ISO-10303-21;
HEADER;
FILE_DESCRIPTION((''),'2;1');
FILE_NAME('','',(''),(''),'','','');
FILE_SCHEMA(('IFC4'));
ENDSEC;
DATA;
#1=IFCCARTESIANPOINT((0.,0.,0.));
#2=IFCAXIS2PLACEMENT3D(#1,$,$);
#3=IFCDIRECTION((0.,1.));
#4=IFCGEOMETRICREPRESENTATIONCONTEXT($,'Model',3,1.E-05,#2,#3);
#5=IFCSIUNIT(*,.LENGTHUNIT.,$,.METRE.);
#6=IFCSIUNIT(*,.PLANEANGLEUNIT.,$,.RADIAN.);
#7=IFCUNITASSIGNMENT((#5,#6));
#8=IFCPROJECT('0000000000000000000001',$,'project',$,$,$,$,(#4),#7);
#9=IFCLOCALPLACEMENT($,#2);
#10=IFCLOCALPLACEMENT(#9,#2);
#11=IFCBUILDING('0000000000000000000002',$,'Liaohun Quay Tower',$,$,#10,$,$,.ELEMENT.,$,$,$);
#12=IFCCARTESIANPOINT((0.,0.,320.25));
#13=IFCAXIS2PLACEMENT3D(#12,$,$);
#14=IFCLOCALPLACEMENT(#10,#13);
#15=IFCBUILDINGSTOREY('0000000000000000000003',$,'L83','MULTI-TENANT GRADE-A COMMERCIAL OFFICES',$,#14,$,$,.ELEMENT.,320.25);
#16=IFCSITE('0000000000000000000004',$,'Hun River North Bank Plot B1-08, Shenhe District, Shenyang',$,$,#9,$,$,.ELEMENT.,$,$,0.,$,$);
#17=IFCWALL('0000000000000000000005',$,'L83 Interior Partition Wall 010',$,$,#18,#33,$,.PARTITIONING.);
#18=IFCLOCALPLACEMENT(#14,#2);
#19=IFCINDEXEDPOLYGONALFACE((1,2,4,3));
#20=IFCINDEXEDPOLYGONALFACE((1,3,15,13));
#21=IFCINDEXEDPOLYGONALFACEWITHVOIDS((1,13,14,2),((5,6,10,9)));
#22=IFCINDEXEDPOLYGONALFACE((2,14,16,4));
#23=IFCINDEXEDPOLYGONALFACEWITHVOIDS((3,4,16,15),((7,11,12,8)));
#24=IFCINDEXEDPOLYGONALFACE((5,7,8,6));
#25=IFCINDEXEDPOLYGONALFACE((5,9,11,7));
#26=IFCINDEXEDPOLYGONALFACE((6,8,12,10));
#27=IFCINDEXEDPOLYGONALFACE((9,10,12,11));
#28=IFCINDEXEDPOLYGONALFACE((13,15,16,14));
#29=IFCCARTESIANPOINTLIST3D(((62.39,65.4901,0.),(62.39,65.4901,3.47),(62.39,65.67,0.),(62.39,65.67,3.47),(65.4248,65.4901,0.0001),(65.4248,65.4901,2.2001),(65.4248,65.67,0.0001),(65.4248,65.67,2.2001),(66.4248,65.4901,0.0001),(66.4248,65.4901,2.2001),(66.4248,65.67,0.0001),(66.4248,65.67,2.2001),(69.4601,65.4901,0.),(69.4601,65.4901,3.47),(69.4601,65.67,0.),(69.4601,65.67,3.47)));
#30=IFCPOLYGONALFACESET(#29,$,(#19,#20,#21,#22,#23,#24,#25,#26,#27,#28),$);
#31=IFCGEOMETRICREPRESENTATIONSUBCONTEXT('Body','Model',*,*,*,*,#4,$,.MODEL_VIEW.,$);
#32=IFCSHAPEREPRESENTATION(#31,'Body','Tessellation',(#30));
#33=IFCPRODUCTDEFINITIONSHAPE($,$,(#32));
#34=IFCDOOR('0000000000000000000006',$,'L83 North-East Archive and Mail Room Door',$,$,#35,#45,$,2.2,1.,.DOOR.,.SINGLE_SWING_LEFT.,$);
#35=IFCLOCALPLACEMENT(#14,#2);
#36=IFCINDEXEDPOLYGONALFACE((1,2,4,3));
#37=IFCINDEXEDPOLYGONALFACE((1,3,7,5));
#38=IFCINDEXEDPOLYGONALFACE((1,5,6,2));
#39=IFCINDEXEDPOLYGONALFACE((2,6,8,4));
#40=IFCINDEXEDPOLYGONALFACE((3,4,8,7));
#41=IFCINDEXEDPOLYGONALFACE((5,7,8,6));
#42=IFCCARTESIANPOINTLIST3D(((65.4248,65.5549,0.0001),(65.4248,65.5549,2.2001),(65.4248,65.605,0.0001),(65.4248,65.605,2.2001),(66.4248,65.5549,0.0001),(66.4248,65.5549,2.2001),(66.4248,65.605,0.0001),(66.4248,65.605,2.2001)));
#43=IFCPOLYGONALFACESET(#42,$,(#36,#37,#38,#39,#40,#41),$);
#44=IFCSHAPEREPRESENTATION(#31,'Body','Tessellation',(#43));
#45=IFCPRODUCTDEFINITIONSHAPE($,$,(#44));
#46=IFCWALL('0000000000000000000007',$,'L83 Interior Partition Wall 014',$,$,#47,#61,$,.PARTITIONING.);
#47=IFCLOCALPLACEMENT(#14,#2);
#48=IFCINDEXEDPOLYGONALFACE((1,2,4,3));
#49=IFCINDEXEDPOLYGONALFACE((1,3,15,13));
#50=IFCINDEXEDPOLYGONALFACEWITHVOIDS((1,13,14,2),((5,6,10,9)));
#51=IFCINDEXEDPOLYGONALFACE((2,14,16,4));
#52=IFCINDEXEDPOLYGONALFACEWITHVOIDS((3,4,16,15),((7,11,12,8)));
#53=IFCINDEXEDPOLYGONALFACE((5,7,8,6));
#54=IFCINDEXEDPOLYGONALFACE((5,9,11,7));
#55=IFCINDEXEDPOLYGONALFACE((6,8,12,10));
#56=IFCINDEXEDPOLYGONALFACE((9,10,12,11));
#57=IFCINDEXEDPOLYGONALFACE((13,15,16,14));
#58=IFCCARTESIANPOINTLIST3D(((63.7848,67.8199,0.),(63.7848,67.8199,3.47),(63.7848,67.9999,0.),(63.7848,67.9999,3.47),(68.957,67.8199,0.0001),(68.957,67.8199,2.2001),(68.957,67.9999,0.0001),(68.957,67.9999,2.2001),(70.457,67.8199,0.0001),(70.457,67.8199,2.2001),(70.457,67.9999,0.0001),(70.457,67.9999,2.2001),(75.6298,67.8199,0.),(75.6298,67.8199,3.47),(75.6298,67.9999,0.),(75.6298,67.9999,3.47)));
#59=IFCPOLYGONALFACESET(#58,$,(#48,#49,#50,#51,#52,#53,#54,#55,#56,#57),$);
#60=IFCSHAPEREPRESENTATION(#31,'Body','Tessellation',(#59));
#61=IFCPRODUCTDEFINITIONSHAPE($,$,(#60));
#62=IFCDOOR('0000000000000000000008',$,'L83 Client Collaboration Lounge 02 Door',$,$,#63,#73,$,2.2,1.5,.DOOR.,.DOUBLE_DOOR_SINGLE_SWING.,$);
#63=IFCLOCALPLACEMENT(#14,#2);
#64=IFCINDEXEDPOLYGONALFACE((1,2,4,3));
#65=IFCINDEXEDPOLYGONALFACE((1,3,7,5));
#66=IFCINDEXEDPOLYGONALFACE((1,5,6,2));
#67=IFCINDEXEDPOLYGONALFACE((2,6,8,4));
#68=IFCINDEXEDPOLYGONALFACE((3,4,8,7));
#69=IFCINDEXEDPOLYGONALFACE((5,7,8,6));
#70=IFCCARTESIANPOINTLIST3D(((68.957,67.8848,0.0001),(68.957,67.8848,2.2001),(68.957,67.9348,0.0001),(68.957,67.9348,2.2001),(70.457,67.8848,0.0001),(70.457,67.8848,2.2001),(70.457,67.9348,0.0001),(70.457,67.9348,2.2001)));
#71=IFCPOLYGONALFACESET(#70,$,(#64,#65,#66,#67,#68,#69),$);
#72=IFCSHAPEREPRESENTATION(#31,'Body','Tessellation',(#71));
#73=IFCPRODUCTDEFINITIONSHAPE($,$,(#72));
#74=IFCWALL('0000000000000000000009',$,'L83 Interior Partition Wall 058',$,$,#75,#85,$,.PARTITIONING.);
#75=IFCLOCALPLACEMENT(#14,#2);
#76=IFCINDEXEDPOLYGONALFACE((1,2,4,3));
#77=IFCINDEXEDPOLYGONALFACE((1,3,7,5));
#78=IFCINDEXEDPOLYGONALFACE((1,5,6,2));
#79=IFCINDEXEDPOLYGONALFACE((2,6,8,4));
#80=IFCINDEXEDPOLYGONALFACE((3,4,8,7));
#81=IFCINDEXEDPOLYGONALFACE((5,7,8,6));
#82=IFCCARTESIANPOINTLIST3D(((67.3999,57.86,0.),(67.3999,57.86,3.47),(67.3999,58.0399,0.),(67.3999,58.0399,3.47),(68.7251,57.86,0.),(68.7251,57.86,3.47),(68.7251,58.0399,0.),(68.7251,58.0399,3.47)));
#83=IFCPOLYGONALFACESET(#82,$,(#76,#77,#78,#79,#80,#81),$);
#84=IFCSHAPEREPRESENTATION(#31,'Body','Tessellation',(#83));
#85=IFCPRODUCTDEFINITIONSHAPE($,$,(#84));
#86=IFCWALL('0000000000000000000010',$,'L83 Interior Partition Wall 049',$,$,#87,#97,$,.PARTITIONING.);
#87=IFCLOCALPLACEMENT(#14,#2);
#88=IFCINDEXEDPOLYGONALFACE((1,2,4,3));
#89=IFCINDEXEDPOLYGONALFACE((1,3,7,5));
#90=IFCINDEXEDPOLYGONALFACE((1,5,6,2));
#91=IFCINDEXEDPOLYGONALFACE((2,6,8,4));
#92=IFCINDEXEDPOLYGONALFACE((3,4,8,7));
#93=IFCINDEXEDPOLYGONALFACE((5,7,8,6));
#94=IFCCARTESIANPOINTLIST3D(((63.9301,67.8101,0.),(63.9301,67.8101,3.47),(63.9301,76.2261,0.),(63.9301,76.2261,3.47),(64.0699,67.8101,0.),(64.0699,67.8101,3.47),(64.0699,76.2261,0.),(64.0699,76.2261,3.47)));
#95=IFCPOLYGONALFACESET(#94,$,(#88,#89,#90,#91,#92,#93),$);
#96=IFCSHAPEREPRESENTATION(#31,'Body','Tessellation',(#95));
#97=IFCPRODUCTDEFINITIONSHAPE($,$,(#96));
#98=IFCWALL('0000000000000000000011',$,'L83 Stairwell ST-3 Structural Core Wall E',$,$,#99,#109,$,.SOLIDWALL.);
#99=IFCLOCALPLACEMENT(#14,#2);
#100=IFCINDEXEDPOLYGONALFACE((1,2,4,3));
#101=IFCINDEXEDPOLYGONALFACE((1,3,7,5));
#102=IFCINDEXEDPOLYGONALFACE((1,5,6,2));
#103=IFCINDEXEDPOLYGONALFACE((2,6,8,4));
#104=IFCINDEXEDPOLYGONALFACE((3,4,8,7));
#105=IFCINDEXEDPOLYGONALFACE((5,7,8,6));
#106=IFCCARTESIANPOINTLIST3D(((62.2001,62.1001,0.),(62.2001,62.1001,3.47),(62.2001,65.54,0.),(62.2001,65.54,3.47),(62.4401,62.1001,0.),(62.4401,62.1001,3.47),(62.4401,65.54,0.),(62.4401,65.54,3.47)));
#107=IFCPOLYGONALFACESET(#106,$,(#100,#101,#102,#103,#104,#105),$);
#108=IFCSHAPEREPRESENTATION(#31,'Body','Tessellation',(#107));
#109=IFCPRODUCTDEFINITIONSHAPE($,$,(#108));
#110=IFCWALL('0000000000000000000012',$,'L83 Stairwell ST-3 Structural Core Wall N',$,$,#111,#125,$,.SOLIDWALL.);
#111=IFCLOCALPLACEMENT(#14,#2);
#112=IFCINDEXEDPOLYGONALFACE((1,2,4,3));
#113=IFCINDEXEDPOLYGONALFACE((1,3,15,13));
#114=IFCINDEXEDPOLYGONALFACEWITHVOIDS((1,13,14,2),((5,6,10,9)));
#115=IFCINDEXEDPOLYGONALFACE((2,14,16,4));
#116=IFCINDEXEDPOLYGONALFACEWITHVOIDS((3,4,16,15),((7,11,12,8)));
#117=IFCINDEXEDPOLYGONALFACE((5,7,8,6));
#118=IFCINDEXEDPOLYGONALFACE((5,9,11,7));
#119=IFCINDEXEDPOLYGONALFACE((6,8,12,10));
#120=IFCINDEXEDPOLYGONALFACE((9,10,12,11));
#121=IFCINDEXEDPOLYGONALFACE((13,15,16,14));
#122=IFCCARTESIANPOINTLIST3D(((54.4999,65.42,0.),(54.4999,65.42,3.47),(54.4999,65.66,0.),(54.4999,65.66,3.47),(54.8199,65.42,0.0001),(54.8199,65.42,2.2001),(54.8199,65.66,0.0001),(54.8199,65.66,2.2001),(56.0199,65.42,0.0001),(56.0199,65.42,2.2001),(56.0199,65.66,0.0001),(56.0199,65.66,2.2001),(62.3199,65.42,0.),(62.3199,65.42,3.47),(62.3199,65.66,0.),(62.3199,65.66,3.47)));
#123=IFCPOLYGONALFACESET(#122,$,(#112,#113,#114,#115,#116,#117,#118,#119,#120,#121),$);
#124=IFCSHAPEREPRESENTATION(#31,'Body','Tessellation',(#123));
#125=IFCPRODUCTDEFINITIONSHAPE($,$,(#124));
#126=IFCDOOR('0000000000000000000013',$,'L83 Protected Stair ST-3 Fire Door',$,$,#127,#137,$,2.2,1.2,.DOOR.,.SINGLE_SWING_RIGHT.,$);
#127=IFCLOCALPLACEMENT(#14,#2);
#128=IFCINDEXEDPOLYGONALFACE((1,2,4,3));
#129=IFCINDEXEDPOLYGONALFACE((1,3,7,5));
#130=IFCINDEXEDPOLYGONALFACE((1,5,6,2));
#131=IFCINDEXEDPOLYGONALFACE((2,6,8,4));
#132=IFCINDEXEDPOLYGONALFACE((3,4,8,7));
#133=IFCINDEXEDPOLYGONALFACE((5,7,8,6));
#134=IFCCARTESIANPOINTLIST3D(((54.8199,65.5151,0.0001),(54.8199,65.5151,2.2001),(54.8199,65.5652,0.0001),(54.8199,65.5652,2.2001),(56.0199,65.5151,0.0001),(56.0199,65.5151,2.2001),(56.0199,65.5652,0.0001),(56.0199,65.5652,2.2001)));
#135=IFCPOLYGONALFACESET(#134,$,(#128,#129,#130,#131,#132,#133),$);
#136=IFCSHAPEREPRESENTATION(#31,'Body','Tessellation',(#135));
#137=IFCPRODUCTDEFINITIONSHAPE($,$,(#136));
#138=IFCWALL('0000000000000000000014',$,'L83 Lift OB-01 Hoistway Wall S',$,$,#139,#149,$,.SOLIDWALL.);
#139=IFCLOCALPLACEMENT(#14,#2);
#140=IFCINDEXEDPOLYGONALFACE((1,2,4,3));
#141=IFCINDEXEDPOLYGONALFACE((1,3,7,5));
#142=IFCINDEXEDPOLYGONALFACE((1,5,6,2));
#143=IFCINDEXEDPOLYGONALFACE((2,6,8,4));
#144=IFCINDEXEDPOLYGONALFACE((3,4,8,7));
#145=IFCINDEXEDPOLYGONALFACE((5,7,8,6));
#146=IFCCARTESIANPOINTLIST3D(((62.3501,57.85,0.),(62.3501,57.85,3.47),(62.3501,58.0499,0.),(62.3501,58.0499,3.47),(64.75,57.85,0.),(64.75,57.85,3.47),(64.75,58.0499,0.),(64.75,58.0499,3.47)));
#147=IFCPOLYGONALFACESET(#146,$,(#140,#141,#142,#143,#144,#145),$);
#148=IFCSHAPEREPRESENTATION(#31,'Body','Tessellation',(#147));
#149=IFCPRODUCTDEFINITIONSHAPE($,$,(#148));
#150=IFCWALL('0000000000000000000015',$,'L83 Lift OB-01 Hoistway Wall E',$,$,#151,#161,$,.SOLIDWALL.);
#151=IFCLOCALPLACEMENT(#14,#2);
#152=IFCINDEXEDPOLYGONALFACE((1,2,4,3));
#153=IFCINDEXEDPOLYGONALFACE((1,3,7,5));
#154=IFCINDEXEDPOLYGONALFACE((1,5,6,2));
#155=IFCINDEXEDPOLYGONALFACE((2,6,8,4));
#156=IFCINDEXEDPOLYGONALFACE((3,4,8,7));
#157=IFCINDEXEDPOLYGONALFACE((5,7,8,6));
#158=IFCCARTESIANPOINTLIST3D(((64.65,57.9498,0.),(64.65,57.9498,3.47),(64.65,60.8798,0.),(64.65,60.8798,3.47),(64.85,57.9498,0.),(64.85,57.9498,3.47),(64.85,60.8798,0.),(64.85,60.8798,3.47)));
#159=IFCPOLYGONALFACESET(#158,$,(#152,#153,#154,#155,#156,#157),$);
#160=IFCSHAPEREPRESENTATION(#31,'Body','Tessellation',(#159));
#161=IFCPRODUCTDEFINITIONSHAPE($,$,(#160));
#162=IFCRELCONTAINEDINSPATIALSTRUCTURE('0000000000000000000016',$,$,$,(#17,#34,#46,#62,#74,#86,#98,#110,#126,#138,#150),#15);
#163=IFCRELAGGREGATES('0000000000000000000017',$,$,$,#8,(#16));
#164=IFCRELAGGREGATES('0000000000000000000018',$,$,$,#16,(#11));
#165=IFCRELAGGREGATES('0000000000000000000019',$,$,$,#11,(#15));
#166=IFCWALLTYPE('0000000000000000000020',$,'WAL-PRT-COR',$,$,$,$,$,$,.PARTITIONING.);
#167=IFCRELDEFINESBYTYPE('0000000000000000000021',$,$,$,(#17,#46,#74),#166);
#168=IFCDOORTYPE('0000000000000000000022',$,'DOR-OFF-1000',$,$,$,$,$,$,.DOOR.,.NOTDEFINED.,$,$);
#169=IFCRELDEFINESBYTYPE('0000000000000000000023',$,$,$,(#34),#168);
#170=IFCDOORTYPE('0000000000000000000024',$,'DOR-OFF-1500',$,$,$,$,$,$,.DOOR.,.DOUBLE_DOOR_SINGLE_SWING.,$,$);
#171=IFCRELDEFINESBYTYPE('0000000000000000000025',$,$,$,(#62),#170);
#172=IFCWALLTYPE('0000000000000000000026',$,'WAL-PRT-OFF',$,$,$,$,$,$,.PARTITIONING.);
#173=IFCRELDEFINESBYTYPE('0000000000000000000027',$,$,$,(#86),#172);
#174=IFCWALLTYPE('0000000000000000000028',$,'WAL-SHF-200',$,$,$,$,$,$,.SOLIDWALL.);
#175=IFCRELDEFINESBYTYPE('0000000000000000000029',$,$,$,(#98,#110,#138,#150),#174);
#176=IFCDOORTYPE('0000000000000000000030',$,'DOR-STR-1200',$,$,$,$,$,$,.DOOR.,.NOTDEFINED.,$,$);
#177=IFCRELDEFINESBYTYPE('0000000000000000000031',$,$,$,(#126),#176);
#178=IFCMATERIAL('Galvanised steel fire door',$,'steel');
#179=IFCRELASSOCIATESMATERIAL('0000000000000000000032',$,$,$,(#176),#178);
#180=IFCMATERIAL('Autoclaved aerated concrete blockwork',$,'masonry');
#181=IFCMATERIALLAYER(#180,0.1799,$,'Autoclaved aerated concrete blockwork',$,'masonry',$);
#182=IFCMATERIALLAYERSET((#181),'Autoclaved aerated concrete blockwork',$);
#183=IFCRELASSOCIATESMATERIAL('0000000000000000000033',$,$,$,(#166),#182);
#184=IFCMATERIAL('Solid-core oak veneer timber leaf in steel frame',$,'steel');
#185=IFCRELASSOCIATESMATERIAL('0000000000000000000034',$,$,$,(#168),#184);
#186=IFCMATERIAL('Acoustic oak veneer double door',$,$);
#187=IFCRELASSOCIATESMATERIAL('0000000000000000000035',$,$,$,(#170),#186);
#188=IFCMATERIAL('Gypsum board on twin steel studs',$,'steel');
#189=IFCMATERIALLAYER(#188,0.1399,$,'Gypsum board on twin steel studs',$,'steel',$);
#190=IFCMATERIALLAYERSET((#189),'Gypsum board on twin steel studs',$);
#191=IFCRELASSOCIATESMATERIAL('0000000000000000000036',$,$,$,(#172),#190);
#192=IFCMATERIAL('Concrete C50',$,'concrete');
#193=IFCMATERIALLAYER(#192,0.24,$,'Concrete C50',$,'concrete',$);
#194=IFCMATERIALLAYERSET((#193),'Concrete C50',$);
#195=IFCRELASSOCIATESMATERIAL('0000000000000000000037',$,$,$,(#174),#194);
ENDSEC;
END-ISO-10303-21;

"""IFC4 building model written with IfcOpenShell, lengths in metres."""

from ifc_helpers import new_model, si_unit, direction, frame, frame_2d, origin, place, context, subcontext, project, spatial, rectangle, extrude, source, transform, mapped, material, layer, layer_set, type_object, element, fill, save


model = new_model("IFC4")

# Units and contexts
model_context = context("Model", 3, precision=1e-05, world=origin(), true_north=direction((0.0, 1.0)))
body_context = subcontext(model_context, "Body", "Model", "MODEL_VIEW")
ifc_project = project(units=[si_unit("LENGTHUNIT", "METRE"), si_unit("PLANEANGLEUNIT", "RADIAN")], contexts=[model_context])

# Site, building, storey
site_placement = place(None, origin())
site = spatial("IfcSite", under=ifc_project, at=site_placement, Name="Hun River North Bank Plot B1-08, Shenhe District, Shenyang", CompositionType="ELEMENT", RefElevation=0.0)
building_placement = place(site_placement, origin())
building = spatial("IfcBuilding", under=site, at=building_placement, Name="Liaohun Quay Tower", CompositionType="ELEMENT")
storey_placement = place(building_placement, frame((0.0, 0.0, 320.25)))
storey = spatial("IfcBuildingStorey", under=building, at=storey_placement, Name="L83", Description="MULTI-TENANT GRADE-A COMMERCIAL OFFICES", CompositionType="ELEMENT", Elevation=320.25)

# Shared definitions
ifc_material_1 = material(Name="Concrete C50", Category="concrete")

# Shared definitions
ifc_material_2 = material(Name="Galvanised steel fire door", Category="steel")
door_type_1 = type_object("IfcDoorType", Name="DOR-STR-1200", OperationType="NOTDEFINED", PredefinedType="DOOR", material=ifc_material_2)
shared_shape_1 = source(origin(), body_context, "Body", "SweptSolid", [
    extrude(rectangle(XDim=1.2, YDim=2.2, at=frame_2d((0.6001, 1.1001))), frame((0.0, 0.0249, 0.0), z_axis=(0.0, -1.0, 0.0), x_axis=(1.0, 0.0, 0.0)), (0.0, 0.0, 1.0), 0.05),
])

# Walls, openings, doors
ifc_material_3 = material(Name="Autoclaved aerated concrete blockwork", Category="masonry")
ifc_layer_1 = layer(ifc_material_3, 0.1799, Name="Autoclaved aerated concrete blockwork", Category="masonry")
ifc_layer_set_1 = layer_set([ifc_layer_1], Name="Autoclaved aerated concrete blockwork")
wall_type_1 = type_object("IfcWallType", Name="WAL-PRT-COR", PredefinedType="PARTITIONING", material=ifc_layer_set_1)
wall_1_placement = place(storey_placement, frame((62.3899, 65.5801, 0.0), z_axis=(0.0, 0.0, 1.0), x_axis=(1.0, 0.0, 0.0)))
wall_1 = element("IfcWall", 1, at=wall_1_placement, inside=storey, type_object=wall_type_1, Name="L83 Interior Partition Wall 010", PredefinedType="PARTITIONING", context=body_context, shape_type="SweptSolid", body=[
    extrude(rectangle(XDim=7.0701, YDim=0.1799, at=frame_2d((3.5352, 0.0))), origin(), (0.0, 0.0, 1.0), 3.47),
])
shared_shape_2 = source(origin(), body_context, "Body", "SweptSolid", [
    extrude(rectangle(XDim=1.0, YDim=2.2, at=frame_2d((0.5, 1.1001))), frame((0.0, 0.0999, 0.0), z_axis=(0.0, -1.0, 0.0), x_axis=(1.0, 0.0, 0.0)), (0.0, 0.0, 1.0), 0.2),
])
opening_1_placement = place(wall_1_placement, frame((3.0349, 0.0, 0.0)))
opening_1 = element("IfcOpeningElement", 2, at=opening_1_placement, cuts=wall_1, PredefinedType="OPENING", context=body_context, shape_type="MappedRepresentation", body=[
    mapped(shared_shape_2, transform((0.0, 0.0, 0.0), x_axis=(1.0, 0.0, 0.0), y_axis=(0.0, 1.0, 0.0), z_axis=(0.0, 0.0, 1.0), scale=1.0)),
])
ifc_material_4 = material(Name="Solid-core oak veneer timber leaf in steel frame", Category="steel")
door_type_2 = type_object("IfcDoorType", Name="DOR-OFF-1000", OperationType="NOTDEFINED", PredefinedType="DOOR", material=ifc_material_4)
shared_shape_3 = source(origin(), body_context, "Body", "SweptSolid", [
    extrude(rectangle(XDim=1.0, YDim=2.2, at=frame_2d((0.5, 1.1001))), frame((0.0, 0.0249, 0.0), z_axis=(0.0, -1.0, 0.0), x_axis=(1.0, 0.0, 0.0)), (0.0, 0.0, 1.0), 0.05),
])
door_1_placement = place(opening_1_placement, origin())
door_1 = element("IfcDoor", 3, at=door_1_placement, inside=storey, type_object=door_type_2, Name="L83 North-East Archive and Mail Room Door", OperationType="SINGLE_SWING_LEFT", OverallHeight=2.2, OverallWidth=1.0, PredefinedType="DOOR", context=body_context, shape_type="MappedRepresentation", body=[
    mapped(shared_shape_3, transform((0.0, 0.0, 0.0), x_axis=(1.0, 0.0, 0.0), y_axis=(0.0, 1.0, 0.0), z_axis=(0.0, 0.0, 1.0), scale=1.0)),
])
fill(opening_1, door_1)
wall_2_placement = place(storey_placement, frame((63.7849, 67.9099, 0.0), z_axis=(0.0, 0.0, 1.0), x_axis=(1.0, 0.0, 0.0)))
wall_2 = element("IfcWall", 4, at=wall_2_placement, inside=storey, type_object=wall_type_1, Name="L83 Interior Partition Wall 014", PredefinedType="PARTITIONING", context=body_context, shape_type="SweptSolid", body=[
    extrude(rectangle(XDim=11.845, YDim=0.1799, at=frame_2d((5.9224, 0.0))), origin(), (0.0, 0.0, 1.0), 3.47),
])
shared_shape_4 = source(origin(), body_context, "Body", "SweptSolid", [
    extrude(rectangle(XDim=1.5, YDim=2.2, at=frame_2d((0.75, 1.1001))), frame((0.0, 0.0999, 0.0), z_axis=(0.0, -1.0, 0.0), x_axis=(1.0, 0.0, 0.0)), (0.0, 0.0, 1.0), 0.2),
])
opening_2_placement = place(wall_2_placement, frame((5.1721, 0.0, 0.0)))
opening_2 = element("IfcOpeningElement", 5, at=opening_2_placement, cuts=wall_2, PredefinedType="OPENING", context=body_context, shape_type="MappedRepresentation", body=[
    mapped(shared_shape_4, transform((0.0, 0.0, 0.0), x_axis=(1.0, 0.0, 0.0), y_axis=(0.0, 1.0, 0.0), z_axis=(0.0, 0.0, 1.0), scale=1.0)),
])
ifc_material_5 = material(Name="Acoustic oak veneer double door")
door_type_3 = type_object("IfcDoorType", Name="DOR-OFF-1500", OperationType="DOUBLE_DOOR_SINGLE_SWING", PredefinedType="DOOR", material=ifc_material_5)
shared_shape_5 = source(origin(), body_context, "Body", "SweptSolid", [
    extrude(rectangle(XDim=1.5, YDim=2.2, at=frame_2d((0.75, 1.1001))), frame((0.0, 0.0249, 0.0), z_axis=(0.0, -1.0, 0.0), x_axis=(1.0, 0.0, 0.0)), (0.0, 0.0, 1.0), 0.05),
])
door_2_placement = place(opening_2_placement, origin())
door_2 = element("IfcDoor", 6, at=door_2_placement, inside=storey, type_object=door_type_3, Name="L83 Client Collaboration Lounge 02 Door", OperationType="DOUBLE_DOOR_SINGLE_SWING", OverallHeight=2.2, OverallWidth=1.5, PredefinedType="DOOR", context=body_context, shape_type="MappedRepresentation", body=[
    mapped(shared_shape_5, transform((0.0, 0.0, 0.0), x_axis=(1.0, 0.0, 0.0), y_axis=(0.0, 1.0, 0.0), z_axis=(0.0, 0.0, 1.0), scale=1.0)),
])
fill(opening_2, door_2)

# Walls
wall_3_placement = place(storey_placement, frame((67.3999, 57.95, 0.0), z_axis=(0.0, 0.0, 1.0), x_axis=(1.0, 0.0, 0.0)))
element("IfcWall", 7, at=wall_3_placement, inside=storey, type_object=wall_type_1, Name="L83 Interior Partition Wall 058", PredefinedType="PARTITIONING", context=body_context, shape_type="SweptSolid", body=[
    extrude(rectangle(XDim=1.3252, YDim=0.1799, at=frame_2d((0.6626, 0.0))), origin(), (0.0, 0.0, 1.0), 3.47),
])
ifc_material_6 = material(Name="Gypsum board on twin steel studs", Category="steel")
ifc_layer_2 = layer(ifc_material_6, 0.1399, Name="Gypsum board on twin steel studs", Category="steel")
ifc_layer_set_2 = layer_set([ifc_layer_2], Name="Gypsum board on twin steel studs")
wall_type_2 = type_object("IfcWallType", Name="WAL-PRT-OFF", PredefinedType="PARTITIONING", material=ifc_layer_set_2)
wall_4_placement = place(storey_placement, frame((64.0, 67.8101, 0.0), z_axis=(0.0, 0.0, 1.0), x_axis=(0.0, 1.0, 0.0)))
element("IfcWall", 8, at=wall_4_placement, inside=storey, type_object=wall_type_2, Name="L83 Interior Partition Wall 049", PredefinedType="PARTITIONING", context=body_context, shape_type="SweptSolid", body=[
    extrude(rectangle(XDim=8.416, YDim=0.1399, at=frame_2d((4.208, 0.0))), origin(), (0.0, 0.0, 1.0), 3.47),
])
ifc_layer_3 = layer(ifc_material_1, 0.24, Name="Concrete C50", Category="concrete")
ifc_layer_set_3 = layer_set([ifc_layer_3], Name="Concrete C50")
wall_type_3 = type_object("IfcWallType", Name="WAL-SHF-200", PredefinedType="SOLIDWALL", material=ifc_layer_set_3)
wall_5_placement = place(storey_placement, frame((62.3201, 62.1001, 0.0), z_axis=(0.0, 0.0, 1.0), x_axis=(0.0, 1.0, 0.0)))
element("IfcWall", 9, at=wall_5_placement, inside=storey, type_object=wall_type_3, Name="L83 Stairwell ST-3 Structural Core Wall E", PredefinedType="SOLIDWALL", context=body_context, shape_type="SweptSolid", body=[
    extrude(rectangle(XDim=3.4399, YDim=0.24, at=frame_2d((1.72, 0.0))), origin(), (0.0, 0.0, 1.0), 3.47),
])

# Wall, opening, door
wall_6_placement = place(storey_placement, frame((62.3201, 65.54, 0.0), z_axis=(0.0, 0.0, 1.0), x_axis=(-1.0, 0.0, 0.0)))
wall_6 = element("IfcWall", 10, at=wall_6_placement, inside=storey, type_object=wall_type_3, Name="L83 Stairwell ST-3 Structural Core Wall N", PredefinedType="SOLIDWALL", context=body_context, shape_type="SweptSolid", body=[
    extrude(rectangle(XDim=7.8201, YDim=0.24, at=frame_2d((3.9102, 0.0))), origin(), (0.0, 0.0, 1.0), 3.47),
])
shared_shape_6 = source(origin(), body_context, "Body", "SweptSolid", [
    extrude(rectangle(XDim=1.2, YDim=2.2, at=frame_2d((0.6001, 1.1001))), frame((0.0, 0.1299, 0.0), z_axis=(0.0, -1.0, 0.0), x_axis=(1.0, 0.0, 0.0)), (0.0, 0.0, 1.0), 0.26),
])
opening_3_placement = place(wall_6_placement, frame((6.3, 0.0, 0.0)))
opening_3 = element("IfcOpeningElement", 11, at=opening_3_placement, cuts=wall_6, PredefinedType="OPENING", context=body_context, shape_type="MappedRepresentation", body=[
    mapped(shared_shape_6, transform((0.0, 0.0, 0.0), x_axis=(1.0, 0.0, 0.0), y_axis=(0.0, 1.0, 0.0), z_axis=(0.0, 0.0, 1.0), scale=1.0)),
])
door_3_placement = place(opening_3_placement, origin())
door_3 = element("IfcDoor", 12, at=door_3_placement, inside=storey, type_object=door_type_1, Name="L83 Protected Stair ST-3 Fire Door", OperationType="SINGLE_SWING_RIGHT", OverallHeight=2.2, OverallWidth=1.2, PredefinedType="DOOR", context=body_context, shape_type="MappedRepresentation", body=[
    mapped(shared_shape_1, transform((0.0, 0.0, 0.0), x_axis=(1.0, 0.0, 0.0), y_axis=(0.0, 1.0, 0.0), z_axis=(0.0, 0.0, 1.0), scale=1.0)),
])
fill(opening_3, door_3)

# Walls
wall_7_placement = place(storey_placement, frame((62.3501, 57.95, 0.0), z_axis=(0.0, 0.0, 1.0), x_axis=(1.0, 0.0, 0.0)))
element("IfcWall", 13, at=wall_7_placement, inside=storey, type_object=wall_type_3, Name="L83 Lift OB-01 Hoistway Wall S", PredefinedType="SOLIDWALL", context=body_context, shape_type="SweptSolid", body=[
    extrude(rectangle(XDim=2.3999, YDim=0.2, at=frame_2d((1.2, 0.0))), origin(), (0.0, 0.0, 1.0), 3.47),
])
wall_8_placement = place(storey_placement, frame((64.75, 57.95, 0.0), z_axis=(0.0, 0.0, 1.0), x_axis=(0.0, 1.0, 0.0)))
element("IfcWall", 14, at=wall_8_placement, inside=storey, type_object=wall_type_3, Name="L83 Lift OB-01 Hoistway Wall E", PredefinedType="SOLIDWALL", context=body_context, shape_type="SweptSolid", body=[
    extrude(rectangle(XDim=2.9299, YDim=0.2, at=frame_2d((1.4648, 0.0))), origin(), (0.0, 0.0, 1.0), 3.47),
])

save(model, "model.ifc")
